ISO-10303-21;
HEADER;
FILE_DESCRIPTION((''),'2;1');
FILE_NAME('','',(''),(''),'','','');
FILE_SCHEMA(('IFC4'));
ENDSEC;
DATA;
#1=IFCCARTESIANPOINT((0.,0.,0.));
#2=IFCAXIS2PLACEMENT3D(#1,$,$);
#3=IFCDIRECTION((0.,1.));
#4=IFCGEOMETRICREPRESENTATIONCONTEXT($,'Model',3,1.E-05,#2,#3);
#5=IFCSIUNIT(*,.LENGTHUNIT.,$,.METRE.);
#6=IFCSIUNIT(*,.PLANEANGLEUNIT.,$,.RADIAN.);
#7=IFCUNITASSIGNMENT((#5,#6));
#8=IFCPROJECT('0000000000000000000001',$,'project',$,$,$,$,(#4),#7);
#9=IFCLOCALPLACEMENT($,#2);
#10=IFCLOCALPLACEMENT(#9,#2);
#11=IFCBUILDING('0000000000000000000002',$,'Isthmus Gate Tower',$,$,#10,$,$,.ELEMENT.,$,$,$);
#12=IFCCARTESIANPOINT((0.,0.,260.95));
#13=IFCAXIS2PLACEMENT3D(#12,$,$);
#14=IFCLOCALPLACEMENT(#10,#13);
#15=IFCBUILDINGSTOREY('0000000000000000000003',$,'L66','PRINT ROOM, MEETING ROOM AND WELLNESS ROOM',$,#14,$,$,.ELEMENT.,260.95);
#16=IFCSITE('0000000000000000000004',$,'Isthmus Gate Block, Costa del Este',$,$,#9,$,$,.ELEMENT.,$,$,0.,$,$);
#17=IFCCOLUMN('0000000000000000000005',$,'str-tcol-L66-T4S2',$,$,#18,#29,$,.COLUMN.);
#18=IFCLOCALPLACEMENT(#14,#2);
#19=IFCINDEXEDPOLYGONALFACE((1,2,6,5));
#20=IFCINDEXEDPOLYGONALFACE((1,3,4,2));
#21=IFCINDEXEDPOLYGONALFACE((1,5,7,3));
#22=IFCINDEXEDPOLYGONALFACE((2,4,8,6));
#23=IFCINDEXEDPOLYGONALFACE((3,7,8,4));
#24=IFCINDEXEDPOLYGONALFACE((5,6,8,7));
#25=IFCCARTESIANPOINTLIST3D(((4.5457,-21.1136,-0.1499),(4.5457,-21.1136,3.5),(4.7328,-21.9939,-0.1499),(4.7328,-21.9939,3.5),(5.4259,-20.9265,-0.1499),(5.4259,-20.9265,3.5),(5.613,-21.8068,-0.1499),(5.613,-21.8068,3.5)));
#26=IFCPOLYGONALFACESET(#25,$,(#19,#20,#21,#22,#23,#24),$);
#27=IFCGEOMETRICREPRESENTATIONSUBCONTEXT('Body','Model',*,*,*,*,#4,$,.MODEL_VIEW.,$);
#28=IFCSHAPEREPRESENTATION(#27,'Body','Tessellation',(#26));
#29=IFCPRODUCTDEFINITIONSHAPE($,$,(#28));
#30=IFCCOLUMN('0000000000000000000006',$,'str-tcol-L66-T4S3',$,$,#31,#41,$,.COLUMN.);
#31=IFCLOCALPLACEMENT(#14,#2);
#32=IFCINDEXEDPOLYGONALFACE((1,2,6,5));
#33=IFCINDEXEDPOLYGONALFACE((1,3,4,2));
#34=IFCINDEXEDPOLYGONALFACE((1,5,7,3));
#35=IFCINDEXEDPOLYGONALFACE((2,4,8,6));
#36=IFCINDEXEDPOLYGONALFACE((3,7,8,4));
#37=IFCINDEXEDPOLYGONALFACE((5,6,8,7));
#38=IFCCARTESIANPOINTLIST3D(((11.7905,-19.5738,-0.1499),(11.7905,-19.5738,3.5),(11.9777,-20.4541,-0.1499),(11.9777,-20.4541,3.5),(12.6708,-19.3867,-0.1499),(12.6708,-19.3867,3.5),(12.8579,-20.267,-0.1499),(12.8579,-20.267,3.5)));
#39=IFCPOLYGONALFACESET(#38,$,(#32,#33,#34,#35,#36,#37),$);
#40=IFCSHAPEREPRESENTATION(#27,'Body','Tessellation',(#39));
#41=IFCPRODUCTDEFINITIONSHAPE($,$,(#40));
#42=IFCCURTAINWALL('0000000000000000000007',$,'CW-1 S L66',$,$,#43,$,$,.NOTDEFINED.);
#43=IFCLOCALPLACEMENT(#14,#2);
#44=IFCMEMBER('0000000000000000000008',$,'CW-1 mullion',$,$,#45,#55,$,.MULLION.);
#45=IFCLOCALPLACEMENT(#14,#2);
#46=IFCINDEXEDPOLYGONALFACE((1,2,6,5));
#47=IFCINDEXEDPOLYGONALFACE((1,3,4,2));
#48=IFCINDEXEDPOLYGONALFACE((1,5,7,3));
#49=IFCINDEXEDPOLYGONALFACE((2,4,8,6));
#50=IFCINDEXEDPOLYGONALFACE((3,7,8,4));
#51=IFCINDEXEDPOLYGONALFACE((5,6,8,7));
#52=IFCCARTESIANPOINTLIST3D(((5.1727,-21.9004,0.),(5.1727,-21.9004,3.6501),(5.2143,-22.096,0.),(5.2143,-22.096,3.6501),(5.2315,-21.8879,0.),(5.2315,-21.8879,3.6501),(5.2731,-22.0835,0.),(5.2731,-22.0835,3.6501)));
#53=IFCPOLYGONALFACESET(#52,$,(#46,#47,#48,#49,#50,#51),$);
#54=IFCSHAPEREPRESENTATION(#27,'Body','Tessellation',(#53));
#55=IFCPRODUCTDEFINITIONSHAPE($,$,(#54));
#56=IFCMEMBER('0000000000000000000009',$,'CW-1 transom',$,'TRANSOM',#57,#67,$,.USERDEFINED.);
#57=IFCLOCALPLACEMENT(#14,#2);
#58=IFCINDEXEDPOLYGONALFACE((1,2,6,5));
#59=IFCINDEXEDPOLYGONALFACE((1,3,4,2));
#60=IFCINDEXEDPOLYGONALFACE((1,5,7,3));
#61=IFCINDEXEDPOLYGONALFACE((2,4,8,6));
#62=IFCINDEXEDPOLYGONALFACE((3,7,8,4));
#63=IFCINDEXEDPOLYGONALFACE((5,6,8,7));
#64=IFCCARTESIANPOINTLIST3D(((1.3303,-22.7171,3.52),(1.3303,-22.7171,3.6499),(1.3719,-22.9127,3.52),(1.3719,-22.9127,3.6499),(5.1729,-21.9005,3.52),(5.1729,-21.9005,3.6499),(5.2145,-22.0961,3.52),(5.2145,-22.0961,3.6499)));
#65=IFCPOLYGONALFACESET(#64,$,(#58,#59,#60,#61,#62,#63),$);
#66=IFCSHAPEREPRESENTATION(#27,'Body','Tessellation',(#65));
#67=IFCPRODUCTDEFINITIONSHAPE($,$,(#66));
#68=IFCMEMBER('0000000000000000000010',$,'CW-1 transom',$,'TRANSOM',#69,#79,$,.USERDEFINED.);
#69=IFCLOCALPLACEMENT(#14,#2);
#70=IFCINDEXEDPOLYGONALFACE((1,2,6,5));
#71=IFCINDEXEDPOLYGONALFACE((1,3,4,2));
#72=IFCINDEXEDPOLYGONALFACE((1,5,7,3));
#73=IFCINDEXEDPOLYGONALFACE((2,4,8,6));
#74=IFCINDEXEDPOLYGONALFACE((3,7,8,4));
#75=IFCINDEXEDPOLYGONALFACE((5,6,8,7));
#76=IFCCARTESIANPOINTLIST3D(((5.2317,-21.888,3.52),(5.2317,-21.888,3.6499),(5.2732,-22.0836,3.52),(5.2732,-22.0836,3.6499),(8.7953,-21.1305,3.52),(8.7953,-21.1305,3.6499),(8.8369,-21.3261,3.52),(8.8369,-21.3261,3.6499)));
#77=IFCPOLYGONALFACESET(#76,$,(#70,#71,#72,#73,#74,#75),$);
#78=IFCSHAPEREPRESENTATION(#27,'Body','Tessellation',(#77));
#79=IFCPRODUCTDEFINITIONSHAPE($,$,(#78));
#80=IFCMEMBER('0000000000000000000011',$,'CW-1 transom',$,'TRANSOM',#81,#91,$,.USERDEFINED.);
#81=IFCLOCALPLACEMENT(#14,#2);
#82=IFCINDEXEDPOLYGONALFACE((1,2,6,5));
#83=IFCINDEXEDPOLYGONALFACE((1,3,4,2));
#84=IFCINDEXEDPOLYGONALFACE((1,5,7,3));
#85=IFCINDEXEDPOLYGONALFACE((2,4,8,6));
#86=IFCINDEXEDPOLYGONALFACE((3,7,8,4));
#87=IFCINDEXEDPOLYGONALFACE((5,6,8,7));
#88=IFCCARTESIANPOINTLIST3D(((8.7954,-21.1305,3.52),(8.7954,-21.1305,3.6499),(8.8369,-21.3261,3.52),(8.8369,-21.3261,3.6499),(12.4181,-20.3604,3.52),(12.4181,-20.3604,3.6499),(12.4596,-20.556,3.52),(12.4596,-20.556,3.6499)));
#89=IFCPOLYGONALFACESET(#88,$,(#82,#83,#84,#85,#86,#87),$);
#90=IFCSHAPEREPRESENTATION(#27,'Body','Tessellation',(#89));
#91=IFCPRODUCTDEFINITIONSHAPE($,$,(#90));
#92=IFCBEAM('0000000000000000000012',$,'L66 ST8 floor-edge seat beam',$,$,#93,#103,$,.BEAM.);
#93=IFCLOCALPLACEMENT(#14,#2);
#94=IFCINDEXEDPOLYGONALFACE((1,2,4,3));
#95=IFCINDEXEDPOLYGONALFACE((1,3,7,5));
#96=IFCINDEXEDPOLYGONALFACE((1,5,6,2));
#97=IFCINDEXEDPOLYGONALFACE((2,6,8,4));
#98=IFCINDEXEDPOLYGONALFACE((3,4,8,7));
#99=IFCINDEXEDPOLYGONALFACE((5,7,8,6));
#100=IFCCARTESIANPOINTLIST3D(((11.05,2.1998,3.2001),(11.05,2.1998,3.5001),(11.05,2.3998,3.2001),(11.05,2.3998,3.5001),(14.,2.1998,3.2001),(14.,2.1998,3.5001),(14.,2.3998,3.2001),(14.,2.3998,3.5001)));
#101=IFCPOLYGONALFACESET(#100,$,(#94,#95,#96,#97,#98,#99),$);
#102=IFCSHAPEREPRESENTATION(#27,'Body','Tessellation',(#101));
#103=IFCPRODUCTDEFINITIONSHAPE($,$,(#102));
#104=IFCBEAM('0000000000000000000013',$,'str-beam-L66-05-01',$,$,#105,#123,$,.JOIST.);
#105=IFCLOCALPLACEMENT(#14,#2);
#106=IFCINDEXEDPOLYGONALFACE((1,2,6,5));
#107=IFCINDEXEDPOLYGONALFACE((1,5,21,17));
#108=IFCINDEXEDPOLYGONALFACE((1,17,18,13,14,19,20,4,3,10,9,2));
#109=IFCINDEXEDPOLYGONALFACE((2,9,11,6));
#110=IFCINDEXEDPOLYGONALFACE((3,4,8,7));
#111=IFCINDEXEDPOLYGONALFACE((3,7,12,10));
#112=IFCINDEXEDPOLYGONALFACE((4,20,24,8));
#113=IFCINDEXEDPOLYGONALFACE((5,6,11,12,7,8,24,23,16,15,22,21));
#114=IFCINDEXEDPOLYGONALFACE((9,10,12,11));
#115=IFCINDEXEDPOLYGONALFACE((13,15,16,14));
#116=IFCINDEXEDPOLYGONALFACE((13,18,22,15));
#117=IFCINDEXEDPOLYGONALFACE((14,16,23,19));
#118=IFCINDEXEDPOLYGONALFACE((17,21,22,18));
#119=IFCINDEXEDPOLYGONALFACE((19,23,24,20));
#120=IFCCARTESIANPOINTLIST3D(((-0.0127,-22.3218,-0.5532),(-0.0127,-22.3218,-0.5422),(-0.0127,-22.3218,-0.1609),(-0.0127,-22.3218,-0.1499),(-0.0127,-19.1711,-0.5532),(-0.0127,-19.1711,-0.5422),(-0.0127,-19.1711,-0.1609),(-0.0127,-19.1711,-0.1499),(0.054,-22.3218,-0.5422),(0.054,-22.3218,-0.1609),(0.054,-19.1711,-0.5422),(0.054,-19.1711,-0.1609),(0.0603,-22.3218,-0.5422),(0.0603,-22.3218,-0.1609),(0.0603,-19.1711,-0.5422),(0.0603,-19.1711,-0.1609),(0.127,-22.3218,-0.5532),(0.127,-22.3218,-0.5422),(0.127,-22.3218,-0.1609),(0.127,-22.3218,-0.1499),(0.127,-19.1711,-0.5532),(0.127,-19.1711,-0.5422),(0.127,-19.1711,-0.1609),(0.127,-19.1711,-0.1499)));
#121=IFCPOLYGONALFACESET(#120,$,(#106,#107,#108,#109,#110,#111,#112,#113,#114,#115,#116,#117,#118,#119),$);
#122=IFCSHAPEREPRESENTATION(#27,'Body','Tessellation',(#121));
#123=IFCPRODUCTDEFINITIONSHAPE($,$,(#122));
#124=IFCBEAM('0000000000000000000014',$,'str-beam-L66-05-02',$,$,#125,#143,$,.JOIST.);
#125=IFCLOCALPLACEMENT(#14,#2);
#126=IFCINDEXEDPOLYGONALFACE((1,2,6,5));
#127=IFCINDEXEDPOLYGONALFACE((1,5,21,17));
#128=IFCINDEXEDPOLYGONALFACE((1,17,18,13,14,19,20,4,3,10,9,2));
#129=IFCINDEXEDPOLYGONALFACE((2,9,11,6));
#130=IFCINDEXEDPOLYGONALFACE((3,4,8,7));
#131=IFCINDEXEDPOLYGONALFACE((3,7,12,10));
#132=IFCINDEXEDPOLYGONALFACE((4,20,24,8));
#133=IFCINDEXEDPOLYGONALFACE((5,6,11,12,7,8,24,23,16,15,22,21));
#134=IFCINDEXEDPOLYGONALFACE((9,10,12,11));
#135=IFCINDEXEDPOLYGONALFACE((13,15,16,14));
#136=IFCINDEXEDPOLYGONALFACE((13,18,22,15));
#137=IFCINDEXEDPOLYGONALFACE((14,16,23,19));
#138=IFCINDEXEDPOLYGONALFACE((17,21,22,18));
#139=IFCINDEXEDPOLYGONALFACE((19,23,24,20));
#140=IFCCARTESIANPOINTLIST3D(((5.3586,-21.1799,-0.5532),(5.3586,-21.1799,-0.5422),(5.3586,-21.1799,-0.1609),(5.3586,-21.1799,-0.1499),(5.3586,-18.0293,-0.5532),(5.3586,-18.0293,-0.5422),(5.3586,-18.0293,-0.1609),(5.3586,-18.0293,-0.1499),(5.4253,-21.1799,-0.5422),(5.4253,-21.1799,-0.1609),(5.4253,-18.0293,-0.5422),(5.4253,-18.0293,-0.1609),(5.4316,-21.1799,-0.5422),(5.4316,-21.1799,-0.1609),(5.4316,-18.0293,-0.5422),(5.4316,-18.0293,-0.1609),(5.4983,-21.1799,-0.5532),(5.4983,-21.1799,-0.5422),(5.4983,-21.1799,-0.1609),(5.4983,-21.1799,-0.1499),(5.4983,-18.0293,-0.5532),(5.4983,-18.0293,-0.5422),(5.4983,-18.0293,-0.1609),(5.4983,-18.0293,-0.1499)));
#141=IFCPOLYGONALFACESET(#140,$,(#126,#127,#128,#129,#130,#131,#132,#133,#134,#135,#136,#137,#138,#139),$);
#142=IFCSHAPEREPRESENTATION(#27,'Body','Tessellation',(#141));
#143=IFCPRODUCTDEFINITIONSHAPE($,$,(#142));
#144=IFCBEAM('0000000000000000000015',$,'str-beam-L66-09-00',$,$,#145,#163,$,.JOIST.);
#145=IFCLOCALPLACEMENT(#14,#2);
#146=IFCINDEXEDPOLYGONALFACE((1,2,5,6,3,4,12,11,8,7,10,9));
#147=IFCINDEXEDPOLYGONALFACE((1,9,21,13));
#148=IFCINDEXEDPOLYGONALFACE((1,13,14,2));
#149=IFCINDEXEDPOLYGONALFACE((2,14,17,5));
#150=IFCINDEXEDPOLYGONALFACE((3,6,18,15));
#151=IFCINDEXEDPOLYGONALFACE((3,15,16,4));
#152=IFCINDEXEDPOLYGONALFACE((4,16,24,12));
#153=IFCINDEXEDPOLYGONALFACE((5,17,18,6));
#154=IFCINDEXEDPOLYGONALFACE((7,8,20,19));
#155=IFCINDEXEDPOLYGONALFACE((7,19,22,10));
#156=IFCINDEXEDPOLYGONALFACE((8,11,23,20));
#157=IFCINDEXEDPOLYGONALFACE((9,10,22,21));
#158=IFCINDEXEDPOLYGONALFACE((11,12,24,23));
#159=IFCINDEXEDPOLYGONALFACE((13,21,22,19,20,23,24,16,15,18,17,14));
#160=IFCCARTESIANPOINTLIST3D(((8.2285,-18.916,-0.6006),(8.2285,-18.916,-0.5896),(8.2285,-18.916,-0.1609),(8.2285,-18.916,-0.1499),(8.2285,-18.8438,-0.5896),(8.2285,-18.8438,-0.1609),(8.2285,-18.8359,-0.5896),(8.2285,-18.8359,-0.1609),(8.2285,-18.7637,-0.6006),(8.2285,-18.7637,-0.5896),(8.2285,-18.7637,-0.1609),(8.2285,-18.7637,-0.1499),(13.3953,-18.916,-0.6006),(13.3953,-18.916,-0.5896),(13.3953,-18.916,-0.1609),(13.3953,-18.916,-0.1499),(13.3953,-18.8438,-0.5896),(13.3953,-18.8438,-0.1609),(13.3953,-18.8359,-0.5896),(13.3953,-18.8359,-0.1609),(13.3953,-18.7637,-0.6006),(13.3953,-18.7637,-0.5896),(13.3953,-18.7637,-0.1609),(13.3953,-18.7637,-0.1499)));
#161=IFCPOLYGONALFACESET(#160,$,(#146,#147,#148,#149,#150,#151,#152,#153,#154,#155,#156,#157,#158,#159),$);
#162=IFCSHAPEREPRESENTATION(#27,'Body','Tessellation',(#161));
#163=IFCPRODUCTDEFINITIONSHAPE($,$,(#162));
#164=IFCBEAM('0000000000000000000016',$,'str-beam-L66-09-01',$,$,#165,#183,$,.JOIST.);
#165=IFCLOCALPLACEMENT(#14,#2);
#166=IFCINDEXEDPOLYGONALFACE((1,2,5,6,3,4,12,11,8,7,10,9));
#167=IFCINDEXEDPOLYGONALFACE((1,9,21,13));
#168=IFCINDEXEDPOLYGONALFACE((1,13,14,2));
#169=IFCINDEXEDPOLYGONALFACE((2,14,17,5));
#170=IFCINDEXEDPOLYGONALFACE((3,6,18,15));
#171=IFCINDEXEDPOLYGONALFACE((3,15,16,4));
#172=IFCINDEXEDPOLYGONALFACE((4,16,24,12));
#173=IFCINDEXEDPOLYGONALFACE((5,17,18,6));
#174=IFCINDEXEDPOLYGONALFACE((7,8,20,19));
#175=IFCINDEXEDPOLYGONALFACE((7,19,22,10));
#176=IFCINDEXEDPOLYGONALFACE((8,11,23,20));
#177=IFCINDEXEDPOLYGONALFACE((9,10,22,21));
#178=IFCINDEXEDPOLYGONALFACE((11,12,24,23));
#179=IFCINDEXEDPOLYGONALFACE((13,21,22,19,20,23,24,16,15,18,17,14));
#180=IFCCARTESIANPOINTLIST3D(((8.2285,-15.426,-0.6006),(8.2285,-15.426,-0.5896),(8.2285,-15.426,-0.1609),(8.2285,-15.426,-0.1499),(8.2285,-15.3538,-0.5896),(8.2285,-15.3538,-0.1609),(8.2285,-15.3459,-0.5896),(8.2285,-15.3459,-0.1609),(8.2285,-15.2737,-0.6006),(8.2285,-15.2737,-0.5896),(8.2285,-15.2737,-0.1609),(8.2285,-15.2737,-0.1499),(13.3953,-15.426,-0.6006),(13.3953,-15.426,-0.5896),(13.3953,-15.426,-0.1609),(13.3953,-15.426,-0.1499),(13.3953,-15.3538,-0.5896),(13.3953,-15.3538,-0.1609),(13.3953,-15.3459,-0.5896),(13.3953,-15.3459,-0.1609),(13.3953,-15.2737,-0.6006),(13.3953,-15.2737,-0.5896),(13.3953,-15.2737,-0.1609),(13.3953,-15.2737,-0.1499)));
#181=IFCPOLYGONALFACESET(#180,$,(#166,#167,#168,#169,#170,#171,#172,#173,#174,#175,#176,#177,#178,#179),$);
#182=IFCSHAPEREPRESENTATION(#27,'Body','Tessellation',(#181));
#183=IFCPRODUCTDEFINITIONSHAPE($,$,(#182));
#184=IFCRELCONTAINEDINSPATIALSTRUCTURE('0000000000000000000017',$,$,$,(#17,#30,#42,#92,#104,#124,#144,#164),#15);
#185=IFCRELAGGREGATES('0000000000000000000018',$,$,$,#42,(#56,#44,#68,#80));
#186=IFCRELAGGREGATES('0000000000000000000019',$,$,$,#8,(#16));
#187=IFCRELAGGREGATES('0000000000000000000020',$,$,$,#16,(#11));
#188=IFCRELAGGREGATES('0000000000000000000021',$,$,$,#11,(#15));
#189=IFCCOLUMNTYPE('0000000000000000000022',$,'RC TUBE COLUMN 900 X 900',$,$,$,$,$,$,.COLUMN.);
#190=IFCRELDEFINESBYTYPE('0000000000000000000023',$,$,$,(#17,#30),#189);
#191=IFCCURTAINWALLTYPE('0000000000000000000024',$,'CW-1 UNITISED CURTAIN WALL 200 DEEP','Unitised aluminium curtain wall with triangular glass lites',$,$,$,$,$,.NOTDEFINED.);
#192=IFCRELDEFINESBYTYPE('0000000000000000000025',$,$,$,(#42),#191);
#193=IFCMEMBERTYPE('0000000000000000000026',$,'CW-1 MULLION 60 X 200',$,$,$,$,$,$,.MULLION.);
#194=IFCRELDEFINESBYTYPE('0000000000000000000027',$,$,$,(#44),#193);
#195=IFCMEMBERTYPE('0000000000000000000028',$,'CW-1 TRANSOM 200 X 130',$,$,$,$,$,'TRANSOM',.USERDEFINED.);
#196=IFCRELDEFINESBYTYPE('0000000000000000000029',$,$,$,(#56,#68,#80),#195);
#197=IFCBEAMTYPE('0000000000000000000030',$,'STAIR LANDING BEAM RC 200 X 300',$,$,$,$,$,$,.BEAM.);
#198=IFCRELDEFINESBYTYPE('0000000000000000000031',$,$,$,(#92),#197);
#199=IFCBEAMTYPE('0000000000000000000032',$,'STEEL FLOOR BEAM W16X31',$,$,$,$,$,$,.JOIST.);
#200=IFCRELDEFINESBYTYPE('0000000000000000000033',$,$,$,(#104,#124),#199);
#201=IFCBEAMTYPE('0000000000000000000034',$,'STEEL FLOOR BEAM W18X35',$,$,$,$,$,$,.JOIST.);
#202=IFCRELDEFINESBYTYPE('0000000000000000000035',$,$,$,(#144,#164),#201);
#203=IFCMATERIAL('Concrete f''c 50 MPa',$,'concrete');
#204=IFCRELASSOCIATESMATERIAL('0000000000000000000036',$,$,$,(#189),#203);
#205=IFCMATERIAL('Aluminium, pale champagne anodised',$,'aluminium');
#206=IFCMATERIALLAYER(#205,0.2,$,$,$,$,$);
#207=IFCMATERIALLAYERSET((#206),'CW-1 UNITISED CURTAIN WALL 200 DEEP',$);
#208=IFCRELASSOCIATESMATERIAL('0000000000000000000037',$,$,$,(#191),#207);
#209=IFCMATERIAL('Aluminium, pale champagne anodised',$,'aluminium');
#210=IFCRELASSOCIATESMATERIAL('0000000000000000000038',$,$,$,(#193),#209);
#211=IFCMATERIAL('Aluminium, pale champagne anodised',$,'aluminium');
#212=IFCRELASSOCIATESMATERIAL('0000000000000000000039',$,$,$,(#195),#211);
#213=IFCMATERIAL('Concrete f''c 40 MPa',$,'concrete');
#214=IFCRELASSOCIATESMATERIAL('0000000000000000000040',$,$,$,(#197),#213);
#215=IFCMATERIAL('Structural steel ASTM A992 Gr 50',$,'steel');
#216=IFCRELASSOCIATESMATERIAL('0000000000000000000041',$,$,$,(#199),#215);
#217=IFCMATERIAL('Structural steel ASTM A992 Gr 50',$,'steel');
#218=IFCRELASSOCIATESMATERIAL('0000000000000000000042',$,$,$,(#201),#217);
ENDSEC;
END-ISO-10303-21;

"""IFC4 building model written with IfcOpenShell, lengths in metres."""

from ifc_helpers import new_model, si_unit, direction, frame, origin, origin_2d, place, context, subcontext, project, spatial, rectangle, i_section, extrude, material, layer, layer_set, material_profile, profile_set, type_object, element, aggregate, save


model = new_model("IFC4")

# Units and contexts
model_context = context("Model", 3, precision=1e-05, world=origin(), true_north=direction((0.0, 1.0)))
body_context = subcontext(model_context, "Body", "Model", "MODEL_VIEW")
ifc_project = project(units=[si_unit("LENGTHUNIT", "METRE"), si_unit("PLANEANGLEUNIT", "RADIAN")], contexts=[model_context])

# Site, building, storey
site_placement = place(None, origin())
site = spatial("IfcSite", under=ifc_project, at=site_placement, Name="Isthmus Gate Block, Costa del Este", CompositionType="ELEMENT", RefElevation=0.0)
building_placement = place(site_placement, origin())
building = spatial("IfcBuilding", under=site, at=building_placement, Name="Isthmus Gate Tower", CompositionType="ELEMENT")
storey_placement = place(building_placement, frame((0.0, 0.0, 260.95)))
storey = spatial("IfcBuildingStorey", under=building, at=storey_placement, Name="L66", Description="PRINT ROOM, MEETING ROOM AND WELLNESS ROOM", CompositionType="ELEMENT", Elevation=260.95)

# Columns
ifc_material_1 = material(Name="Concrete f'c 50 MPa", Category="concrete")
ifc_material_profile_1 = material_profile(ifc_material_1, rectangle(XDim=0.8999, YDim=0.8999, at=origin_2d()), Name="RC 900X900")
ifc_profile_set_1 = profile_set([ifc_material_profile_1], Name="Concrete f'c 50 MPa")
column_type = type_object("IfcColumnType", Name="RC TUBE COLUMN 900 X 900", PredefinedType="COLUMN", material=ifc_profile_set_1)
for number, where, z_axis, x_axis, name in (
    (1, (5.0793, -21.4602, -0.1499), (0.0, 0.0, 1.0), (0.978148, 0.207912, 0.0), "str-tcol-L66-T4S2"),
    (2, (12.3242, -19.9204, -0.1499), (0.0, 0.0, 1.0), (0.978148, 0.207912, 0.0), "str-tcol-L66-T4S3"),
):
    element("IfcColumn", number, at=place(storey_placement, frame(where, z_axis=z_axis, x_axis=x_axis)), inside=storey, type_object=column_type, Name=name, PredefinedType="COLUMN", context=body_context, shape_type="SweptSolid", body=[
        extrude(rectangle(XDim=0.8999, YDim=0.8999, at=origin_2d()), origin(), (0.0, 0.0, 1.0), 3.6499),
    ])

# Curtain wall, members
ifc_material_2 = material(Name="Aluminium, pale champagne anodised", Category="aluminium")
ifc_layer_1 = layer(ifc_material_2, 0.2)
ifc_layer_set_1 = layer_set([ifc_layer_1], Name="CW-1 UNITISED CURTAIN WALL 200 DEEP")
curtain_wall_type = type_object("IfcCurtainWallType", Name="CW-1 UNITISED CURTAIN WALL 200 DEEP", Description="Unitised aluminium curtain wall with triangular glass lites", PredefinedType="NOTDEFINED", material=ifc_layer_set_1)
curtain_wall_placement = place(storey_placement, origin())
curtain_wall = element("IfcCurtainWall", 3, at=curtain_wall_placement, inside=storey, type_object=curtain_wall_type, Name="CW-1 S L66", PredefinedType="NOTDEFINED")
ifc_material_3 = material(Name="Aluminium, pale champagne anodised", Category="aluminium")
ifc_material_profile_2 = material_profile(ifc_material_3, rectangle(XDim=0.0601, YDim=0.2, at=origin_2d()), Name="60x200")
ifc_profile_set_2 = profile_set([ifc_material_profile_2], Name="Aluminium, pale champagne anodised")
member_type_1 = type_object("IfcMemberType", Name="CW-1 MULLION 60 X 200", PredefinedType="MULLION", material=ifc_profile_set_2)
member_1_placement = place(storey_placement, frame((5.2229, -21.9919, 0.0), z_axis=(0.0, 0.0, 1.0), x_axis=(0.978148, 0.207912, 0.0)))
member_1 = element("IfcMember", 4, at=member_1_placement, type_object=member_type_1, Name="CW-1 mullion", PredefinedType="MULLION", context=body_context, shape_type="SweptSolid", body=[
    extrude(rectangle(XDim=0.0601, YDim=0.2, at=origin_2d()), origin(), (0.0, 0.0, 1.0), 3.6501),
])
ifc_material_4 = material(Name="Aluminium, pale champagne anodised", Category="aluminium")
ifc_material_profile_3 = material_profile(ifc_material_4, rectangle(XDim=0.2, YDim=0.1299, at=origin_2d()), Name="200x130")
ifc_profile_set_3 = profile_set([ifc_material_profile_3], Name="Aluminium, pale champagne anodised")
member_type_2 = type_object("IfcMemberType", Name="CW-1 TRANSOM 200 X 130", ElementType="TRANSOM", PredefinedType="USERDEFINED", material=ifc_profile_set_3)
member_2_placement = place(storey_placement, frame((1.3511, -22.8149, 3.585), z_axis=(0.978153, 0.207886, 0.0), x_axis=(-0.207886, 0.978153, 0.0)))
member_2 = element("IfcMember", 5, at=member_2_placement, type_object=member_type_2, Name="CW-1 transom", ObjectType="TRANSOM", PredefinedType="USERDEFINED", context=body_context, shape_type="SweptSolid", body=[
    extrude(rectangle(XDim=0.2, YDim=0.1299, at=origin_2d()), origin(), (0.0, 0.0, 1.0), 3.9285),
])
member_3_placement = place(storey_placement, frame((5.2524, -21.9858, 3.585), z_axis=(0.978143, 0.207932, 0.0), x_axis=(-0.207932, 0.978143, 0.0)))
member_3 = element("IfcMember", 6, at=member_3_placement, type_object=member_type_2, Name="CW-1 transom", ObjectType="TRANSOM", PredefinedType="USERDEFINED", context=body_context, shape_type="SweptSolid", body=[
    extrude(rectangle(XDim=0.2, YDim=0.1299, at=origin_2d()), origin(), (0.0, 0.0, 1.0), 3.6433),
])
member_4_placement = place(storey_placement, frame((8.8162, -21.2283, 3.585), z_axis=(0.978146, 0.207917, 0.0), x_axis=(-0.207917, 0.978146, 0.0)))
member_4 = element("IfcMember", 7, at=member_4_placement, type_object=member_type_2, Name="CW-1 transom", ObjectType="TRANSOM", PredefinedType="USERDEFINED", context=body_context, shape_type="SweptSolid", body=[
    extrude(rectangle(XDim=0.2, YDim=0.1299, at=origin_2d()), origin(), (0.0, 0.0, 1.0), 3.7036),
])

# Beams
ifc_material_5 = material(Name="Concrete f'c 40 MPa", Category="concrete")
ifc_material_profile_4 = material_profile(ifc_material_5, rectangle(XDim=0.2, YDim=0.3, at=origin_2d()), Name="STAIR LANDING BEAM RC 200 X 300")
ifc_profile_set_4 = profile_set([ifc_material_profile_4], Name="Concrete f'c 40 MPa")
beam_type_1 = type_object("IfcBeamType", Name="STAIR LANDING BEAM RC 200 X 300", PredefinedType="BEAM", material=ifc_profile_set_4)
beam_1_placement = place(storey_placement, frame((11.05, 2.2998, 3.3501), z_axis=(1.0, 0.0, 0.0), x_axis=(0.0, 1.0, 0.0)))
element("IfcBeam", 8, at=beam_1_placement, inside=storey, type_object=beam_type_1, Name="L66 ST8 floor-edge seat beam", PredefinedType="BEAM", context=body_context, shape_type="SweptSolid", body=[
    extrude(rectangle(XDim=0.2, YDim=0.3, at=origin_2d()), origin(), (0.0, 0.0, 1.0), 2.95),
])
ifc_material_6 = material(Name="Structural steel ASTM A992 Gr 50", Category="steel")
ifc_material_profile_5 = material_profile(ifc_material_6, i_section(OverallWidth=0.1396, OverallDepth=0.4033, WebThickness=0.0063, FlangeThickness=0.011, at=origin_2d()), Name="W16X31")
ifc_profile_set_5 = profile_set([ifc_material_profile_5], Name="Structural steel ASTM A992 Gr 50")
beam_type_2 = type_object("IfcBeamType", Name="STEEL FLOOR BEAM W16X31", PredefinedType="JOIST", material=ifc_profile_set_5)
for number, where, z_axis, x_axis, name in (
    (9, (0.0571, -22.3218, -0.3516), (0.0, 1.0, 0.0), (-1.0, 0.0, 0.0), "str-beam-L66-05-01"),
    (10, (5.4285, -21.1799, -0.3516), (0.0, 1.0, 0.0), (-1.0, 0.0, 0.0), "str-beam-L66-05-02"),
):
    element("IfcBeam", number, at=place(storey_placement, frame(where, z_axis=z_axis, x_axis=x_axis)), inside=storey, type_object=beam_type_2, Name=name, PredefinedType="JOIST", context=body_context, shape_type="SweptSolid", body=[
        extrude(i_section(OverallWidth=0.1396, OverallDepth=0.4033, WebThickness=0.0063, FlangeThickness=0.011, at=origin_2d()), origin(), (0.0, 0.0, 1.0), 3.1506),
    ])
ifc_material_7 = material(Name="Structural steel ASTM A992 Gr 50", Category="steel")
ifc_material_profile_6 = material_profile(ifc_material_7, i_section(OverallWidth=0.1523, OverallDepth=0.4507, WebThickness=0.0078, FlangeThickness=0.011, at=origin_2d()), Name="W18X35")
ifc_profile_set_6 = profile_set([ifc_material_profile_6], Name="Structural steel ASTM A992 Gr 50")
beam_type_3 = type_object("IfcBeamType", Name="STEEL FLOOR BEAM W18X35", PredefinedType="JOIST", material=ifc_profile_set_6)
for number, where, z_axis, x_axis, name in (
    (11, (8.2285, -18.8398, -0.3752), (1.0, 0.0, 0.0), (0.0, 1.0, 0.0), "str-beam-L66-09-00"),
    (12, (8.2285, -15.3499, -0.3752), (1.0, 0.0, 0.0), (0.0, 1.0, 0.0), "str-beam-L66-09-01"),
):
    element("IfcBeam", number, at=place(storey_placement, frame(where, z_axis=z_axis, x_axis=x_axis)), inside=storey, type_object=beam_type_3, Name=name, PredefinedType="JOIST", context=body_context, shape_type="SweptSolid", body=[
        extrude(i_section(OverallWidth=0.1523, OverallDepth=0.4507, WebThickness=0.0078, FlangeThickness=0.011, at=origin_2d()), origin(), (0.0, 0.0, 1.0), 5.1667),
    ])

aggregate(curtain_wall, [member_2, member_1, member_3, member_4])

save(model, "model.ifc")
